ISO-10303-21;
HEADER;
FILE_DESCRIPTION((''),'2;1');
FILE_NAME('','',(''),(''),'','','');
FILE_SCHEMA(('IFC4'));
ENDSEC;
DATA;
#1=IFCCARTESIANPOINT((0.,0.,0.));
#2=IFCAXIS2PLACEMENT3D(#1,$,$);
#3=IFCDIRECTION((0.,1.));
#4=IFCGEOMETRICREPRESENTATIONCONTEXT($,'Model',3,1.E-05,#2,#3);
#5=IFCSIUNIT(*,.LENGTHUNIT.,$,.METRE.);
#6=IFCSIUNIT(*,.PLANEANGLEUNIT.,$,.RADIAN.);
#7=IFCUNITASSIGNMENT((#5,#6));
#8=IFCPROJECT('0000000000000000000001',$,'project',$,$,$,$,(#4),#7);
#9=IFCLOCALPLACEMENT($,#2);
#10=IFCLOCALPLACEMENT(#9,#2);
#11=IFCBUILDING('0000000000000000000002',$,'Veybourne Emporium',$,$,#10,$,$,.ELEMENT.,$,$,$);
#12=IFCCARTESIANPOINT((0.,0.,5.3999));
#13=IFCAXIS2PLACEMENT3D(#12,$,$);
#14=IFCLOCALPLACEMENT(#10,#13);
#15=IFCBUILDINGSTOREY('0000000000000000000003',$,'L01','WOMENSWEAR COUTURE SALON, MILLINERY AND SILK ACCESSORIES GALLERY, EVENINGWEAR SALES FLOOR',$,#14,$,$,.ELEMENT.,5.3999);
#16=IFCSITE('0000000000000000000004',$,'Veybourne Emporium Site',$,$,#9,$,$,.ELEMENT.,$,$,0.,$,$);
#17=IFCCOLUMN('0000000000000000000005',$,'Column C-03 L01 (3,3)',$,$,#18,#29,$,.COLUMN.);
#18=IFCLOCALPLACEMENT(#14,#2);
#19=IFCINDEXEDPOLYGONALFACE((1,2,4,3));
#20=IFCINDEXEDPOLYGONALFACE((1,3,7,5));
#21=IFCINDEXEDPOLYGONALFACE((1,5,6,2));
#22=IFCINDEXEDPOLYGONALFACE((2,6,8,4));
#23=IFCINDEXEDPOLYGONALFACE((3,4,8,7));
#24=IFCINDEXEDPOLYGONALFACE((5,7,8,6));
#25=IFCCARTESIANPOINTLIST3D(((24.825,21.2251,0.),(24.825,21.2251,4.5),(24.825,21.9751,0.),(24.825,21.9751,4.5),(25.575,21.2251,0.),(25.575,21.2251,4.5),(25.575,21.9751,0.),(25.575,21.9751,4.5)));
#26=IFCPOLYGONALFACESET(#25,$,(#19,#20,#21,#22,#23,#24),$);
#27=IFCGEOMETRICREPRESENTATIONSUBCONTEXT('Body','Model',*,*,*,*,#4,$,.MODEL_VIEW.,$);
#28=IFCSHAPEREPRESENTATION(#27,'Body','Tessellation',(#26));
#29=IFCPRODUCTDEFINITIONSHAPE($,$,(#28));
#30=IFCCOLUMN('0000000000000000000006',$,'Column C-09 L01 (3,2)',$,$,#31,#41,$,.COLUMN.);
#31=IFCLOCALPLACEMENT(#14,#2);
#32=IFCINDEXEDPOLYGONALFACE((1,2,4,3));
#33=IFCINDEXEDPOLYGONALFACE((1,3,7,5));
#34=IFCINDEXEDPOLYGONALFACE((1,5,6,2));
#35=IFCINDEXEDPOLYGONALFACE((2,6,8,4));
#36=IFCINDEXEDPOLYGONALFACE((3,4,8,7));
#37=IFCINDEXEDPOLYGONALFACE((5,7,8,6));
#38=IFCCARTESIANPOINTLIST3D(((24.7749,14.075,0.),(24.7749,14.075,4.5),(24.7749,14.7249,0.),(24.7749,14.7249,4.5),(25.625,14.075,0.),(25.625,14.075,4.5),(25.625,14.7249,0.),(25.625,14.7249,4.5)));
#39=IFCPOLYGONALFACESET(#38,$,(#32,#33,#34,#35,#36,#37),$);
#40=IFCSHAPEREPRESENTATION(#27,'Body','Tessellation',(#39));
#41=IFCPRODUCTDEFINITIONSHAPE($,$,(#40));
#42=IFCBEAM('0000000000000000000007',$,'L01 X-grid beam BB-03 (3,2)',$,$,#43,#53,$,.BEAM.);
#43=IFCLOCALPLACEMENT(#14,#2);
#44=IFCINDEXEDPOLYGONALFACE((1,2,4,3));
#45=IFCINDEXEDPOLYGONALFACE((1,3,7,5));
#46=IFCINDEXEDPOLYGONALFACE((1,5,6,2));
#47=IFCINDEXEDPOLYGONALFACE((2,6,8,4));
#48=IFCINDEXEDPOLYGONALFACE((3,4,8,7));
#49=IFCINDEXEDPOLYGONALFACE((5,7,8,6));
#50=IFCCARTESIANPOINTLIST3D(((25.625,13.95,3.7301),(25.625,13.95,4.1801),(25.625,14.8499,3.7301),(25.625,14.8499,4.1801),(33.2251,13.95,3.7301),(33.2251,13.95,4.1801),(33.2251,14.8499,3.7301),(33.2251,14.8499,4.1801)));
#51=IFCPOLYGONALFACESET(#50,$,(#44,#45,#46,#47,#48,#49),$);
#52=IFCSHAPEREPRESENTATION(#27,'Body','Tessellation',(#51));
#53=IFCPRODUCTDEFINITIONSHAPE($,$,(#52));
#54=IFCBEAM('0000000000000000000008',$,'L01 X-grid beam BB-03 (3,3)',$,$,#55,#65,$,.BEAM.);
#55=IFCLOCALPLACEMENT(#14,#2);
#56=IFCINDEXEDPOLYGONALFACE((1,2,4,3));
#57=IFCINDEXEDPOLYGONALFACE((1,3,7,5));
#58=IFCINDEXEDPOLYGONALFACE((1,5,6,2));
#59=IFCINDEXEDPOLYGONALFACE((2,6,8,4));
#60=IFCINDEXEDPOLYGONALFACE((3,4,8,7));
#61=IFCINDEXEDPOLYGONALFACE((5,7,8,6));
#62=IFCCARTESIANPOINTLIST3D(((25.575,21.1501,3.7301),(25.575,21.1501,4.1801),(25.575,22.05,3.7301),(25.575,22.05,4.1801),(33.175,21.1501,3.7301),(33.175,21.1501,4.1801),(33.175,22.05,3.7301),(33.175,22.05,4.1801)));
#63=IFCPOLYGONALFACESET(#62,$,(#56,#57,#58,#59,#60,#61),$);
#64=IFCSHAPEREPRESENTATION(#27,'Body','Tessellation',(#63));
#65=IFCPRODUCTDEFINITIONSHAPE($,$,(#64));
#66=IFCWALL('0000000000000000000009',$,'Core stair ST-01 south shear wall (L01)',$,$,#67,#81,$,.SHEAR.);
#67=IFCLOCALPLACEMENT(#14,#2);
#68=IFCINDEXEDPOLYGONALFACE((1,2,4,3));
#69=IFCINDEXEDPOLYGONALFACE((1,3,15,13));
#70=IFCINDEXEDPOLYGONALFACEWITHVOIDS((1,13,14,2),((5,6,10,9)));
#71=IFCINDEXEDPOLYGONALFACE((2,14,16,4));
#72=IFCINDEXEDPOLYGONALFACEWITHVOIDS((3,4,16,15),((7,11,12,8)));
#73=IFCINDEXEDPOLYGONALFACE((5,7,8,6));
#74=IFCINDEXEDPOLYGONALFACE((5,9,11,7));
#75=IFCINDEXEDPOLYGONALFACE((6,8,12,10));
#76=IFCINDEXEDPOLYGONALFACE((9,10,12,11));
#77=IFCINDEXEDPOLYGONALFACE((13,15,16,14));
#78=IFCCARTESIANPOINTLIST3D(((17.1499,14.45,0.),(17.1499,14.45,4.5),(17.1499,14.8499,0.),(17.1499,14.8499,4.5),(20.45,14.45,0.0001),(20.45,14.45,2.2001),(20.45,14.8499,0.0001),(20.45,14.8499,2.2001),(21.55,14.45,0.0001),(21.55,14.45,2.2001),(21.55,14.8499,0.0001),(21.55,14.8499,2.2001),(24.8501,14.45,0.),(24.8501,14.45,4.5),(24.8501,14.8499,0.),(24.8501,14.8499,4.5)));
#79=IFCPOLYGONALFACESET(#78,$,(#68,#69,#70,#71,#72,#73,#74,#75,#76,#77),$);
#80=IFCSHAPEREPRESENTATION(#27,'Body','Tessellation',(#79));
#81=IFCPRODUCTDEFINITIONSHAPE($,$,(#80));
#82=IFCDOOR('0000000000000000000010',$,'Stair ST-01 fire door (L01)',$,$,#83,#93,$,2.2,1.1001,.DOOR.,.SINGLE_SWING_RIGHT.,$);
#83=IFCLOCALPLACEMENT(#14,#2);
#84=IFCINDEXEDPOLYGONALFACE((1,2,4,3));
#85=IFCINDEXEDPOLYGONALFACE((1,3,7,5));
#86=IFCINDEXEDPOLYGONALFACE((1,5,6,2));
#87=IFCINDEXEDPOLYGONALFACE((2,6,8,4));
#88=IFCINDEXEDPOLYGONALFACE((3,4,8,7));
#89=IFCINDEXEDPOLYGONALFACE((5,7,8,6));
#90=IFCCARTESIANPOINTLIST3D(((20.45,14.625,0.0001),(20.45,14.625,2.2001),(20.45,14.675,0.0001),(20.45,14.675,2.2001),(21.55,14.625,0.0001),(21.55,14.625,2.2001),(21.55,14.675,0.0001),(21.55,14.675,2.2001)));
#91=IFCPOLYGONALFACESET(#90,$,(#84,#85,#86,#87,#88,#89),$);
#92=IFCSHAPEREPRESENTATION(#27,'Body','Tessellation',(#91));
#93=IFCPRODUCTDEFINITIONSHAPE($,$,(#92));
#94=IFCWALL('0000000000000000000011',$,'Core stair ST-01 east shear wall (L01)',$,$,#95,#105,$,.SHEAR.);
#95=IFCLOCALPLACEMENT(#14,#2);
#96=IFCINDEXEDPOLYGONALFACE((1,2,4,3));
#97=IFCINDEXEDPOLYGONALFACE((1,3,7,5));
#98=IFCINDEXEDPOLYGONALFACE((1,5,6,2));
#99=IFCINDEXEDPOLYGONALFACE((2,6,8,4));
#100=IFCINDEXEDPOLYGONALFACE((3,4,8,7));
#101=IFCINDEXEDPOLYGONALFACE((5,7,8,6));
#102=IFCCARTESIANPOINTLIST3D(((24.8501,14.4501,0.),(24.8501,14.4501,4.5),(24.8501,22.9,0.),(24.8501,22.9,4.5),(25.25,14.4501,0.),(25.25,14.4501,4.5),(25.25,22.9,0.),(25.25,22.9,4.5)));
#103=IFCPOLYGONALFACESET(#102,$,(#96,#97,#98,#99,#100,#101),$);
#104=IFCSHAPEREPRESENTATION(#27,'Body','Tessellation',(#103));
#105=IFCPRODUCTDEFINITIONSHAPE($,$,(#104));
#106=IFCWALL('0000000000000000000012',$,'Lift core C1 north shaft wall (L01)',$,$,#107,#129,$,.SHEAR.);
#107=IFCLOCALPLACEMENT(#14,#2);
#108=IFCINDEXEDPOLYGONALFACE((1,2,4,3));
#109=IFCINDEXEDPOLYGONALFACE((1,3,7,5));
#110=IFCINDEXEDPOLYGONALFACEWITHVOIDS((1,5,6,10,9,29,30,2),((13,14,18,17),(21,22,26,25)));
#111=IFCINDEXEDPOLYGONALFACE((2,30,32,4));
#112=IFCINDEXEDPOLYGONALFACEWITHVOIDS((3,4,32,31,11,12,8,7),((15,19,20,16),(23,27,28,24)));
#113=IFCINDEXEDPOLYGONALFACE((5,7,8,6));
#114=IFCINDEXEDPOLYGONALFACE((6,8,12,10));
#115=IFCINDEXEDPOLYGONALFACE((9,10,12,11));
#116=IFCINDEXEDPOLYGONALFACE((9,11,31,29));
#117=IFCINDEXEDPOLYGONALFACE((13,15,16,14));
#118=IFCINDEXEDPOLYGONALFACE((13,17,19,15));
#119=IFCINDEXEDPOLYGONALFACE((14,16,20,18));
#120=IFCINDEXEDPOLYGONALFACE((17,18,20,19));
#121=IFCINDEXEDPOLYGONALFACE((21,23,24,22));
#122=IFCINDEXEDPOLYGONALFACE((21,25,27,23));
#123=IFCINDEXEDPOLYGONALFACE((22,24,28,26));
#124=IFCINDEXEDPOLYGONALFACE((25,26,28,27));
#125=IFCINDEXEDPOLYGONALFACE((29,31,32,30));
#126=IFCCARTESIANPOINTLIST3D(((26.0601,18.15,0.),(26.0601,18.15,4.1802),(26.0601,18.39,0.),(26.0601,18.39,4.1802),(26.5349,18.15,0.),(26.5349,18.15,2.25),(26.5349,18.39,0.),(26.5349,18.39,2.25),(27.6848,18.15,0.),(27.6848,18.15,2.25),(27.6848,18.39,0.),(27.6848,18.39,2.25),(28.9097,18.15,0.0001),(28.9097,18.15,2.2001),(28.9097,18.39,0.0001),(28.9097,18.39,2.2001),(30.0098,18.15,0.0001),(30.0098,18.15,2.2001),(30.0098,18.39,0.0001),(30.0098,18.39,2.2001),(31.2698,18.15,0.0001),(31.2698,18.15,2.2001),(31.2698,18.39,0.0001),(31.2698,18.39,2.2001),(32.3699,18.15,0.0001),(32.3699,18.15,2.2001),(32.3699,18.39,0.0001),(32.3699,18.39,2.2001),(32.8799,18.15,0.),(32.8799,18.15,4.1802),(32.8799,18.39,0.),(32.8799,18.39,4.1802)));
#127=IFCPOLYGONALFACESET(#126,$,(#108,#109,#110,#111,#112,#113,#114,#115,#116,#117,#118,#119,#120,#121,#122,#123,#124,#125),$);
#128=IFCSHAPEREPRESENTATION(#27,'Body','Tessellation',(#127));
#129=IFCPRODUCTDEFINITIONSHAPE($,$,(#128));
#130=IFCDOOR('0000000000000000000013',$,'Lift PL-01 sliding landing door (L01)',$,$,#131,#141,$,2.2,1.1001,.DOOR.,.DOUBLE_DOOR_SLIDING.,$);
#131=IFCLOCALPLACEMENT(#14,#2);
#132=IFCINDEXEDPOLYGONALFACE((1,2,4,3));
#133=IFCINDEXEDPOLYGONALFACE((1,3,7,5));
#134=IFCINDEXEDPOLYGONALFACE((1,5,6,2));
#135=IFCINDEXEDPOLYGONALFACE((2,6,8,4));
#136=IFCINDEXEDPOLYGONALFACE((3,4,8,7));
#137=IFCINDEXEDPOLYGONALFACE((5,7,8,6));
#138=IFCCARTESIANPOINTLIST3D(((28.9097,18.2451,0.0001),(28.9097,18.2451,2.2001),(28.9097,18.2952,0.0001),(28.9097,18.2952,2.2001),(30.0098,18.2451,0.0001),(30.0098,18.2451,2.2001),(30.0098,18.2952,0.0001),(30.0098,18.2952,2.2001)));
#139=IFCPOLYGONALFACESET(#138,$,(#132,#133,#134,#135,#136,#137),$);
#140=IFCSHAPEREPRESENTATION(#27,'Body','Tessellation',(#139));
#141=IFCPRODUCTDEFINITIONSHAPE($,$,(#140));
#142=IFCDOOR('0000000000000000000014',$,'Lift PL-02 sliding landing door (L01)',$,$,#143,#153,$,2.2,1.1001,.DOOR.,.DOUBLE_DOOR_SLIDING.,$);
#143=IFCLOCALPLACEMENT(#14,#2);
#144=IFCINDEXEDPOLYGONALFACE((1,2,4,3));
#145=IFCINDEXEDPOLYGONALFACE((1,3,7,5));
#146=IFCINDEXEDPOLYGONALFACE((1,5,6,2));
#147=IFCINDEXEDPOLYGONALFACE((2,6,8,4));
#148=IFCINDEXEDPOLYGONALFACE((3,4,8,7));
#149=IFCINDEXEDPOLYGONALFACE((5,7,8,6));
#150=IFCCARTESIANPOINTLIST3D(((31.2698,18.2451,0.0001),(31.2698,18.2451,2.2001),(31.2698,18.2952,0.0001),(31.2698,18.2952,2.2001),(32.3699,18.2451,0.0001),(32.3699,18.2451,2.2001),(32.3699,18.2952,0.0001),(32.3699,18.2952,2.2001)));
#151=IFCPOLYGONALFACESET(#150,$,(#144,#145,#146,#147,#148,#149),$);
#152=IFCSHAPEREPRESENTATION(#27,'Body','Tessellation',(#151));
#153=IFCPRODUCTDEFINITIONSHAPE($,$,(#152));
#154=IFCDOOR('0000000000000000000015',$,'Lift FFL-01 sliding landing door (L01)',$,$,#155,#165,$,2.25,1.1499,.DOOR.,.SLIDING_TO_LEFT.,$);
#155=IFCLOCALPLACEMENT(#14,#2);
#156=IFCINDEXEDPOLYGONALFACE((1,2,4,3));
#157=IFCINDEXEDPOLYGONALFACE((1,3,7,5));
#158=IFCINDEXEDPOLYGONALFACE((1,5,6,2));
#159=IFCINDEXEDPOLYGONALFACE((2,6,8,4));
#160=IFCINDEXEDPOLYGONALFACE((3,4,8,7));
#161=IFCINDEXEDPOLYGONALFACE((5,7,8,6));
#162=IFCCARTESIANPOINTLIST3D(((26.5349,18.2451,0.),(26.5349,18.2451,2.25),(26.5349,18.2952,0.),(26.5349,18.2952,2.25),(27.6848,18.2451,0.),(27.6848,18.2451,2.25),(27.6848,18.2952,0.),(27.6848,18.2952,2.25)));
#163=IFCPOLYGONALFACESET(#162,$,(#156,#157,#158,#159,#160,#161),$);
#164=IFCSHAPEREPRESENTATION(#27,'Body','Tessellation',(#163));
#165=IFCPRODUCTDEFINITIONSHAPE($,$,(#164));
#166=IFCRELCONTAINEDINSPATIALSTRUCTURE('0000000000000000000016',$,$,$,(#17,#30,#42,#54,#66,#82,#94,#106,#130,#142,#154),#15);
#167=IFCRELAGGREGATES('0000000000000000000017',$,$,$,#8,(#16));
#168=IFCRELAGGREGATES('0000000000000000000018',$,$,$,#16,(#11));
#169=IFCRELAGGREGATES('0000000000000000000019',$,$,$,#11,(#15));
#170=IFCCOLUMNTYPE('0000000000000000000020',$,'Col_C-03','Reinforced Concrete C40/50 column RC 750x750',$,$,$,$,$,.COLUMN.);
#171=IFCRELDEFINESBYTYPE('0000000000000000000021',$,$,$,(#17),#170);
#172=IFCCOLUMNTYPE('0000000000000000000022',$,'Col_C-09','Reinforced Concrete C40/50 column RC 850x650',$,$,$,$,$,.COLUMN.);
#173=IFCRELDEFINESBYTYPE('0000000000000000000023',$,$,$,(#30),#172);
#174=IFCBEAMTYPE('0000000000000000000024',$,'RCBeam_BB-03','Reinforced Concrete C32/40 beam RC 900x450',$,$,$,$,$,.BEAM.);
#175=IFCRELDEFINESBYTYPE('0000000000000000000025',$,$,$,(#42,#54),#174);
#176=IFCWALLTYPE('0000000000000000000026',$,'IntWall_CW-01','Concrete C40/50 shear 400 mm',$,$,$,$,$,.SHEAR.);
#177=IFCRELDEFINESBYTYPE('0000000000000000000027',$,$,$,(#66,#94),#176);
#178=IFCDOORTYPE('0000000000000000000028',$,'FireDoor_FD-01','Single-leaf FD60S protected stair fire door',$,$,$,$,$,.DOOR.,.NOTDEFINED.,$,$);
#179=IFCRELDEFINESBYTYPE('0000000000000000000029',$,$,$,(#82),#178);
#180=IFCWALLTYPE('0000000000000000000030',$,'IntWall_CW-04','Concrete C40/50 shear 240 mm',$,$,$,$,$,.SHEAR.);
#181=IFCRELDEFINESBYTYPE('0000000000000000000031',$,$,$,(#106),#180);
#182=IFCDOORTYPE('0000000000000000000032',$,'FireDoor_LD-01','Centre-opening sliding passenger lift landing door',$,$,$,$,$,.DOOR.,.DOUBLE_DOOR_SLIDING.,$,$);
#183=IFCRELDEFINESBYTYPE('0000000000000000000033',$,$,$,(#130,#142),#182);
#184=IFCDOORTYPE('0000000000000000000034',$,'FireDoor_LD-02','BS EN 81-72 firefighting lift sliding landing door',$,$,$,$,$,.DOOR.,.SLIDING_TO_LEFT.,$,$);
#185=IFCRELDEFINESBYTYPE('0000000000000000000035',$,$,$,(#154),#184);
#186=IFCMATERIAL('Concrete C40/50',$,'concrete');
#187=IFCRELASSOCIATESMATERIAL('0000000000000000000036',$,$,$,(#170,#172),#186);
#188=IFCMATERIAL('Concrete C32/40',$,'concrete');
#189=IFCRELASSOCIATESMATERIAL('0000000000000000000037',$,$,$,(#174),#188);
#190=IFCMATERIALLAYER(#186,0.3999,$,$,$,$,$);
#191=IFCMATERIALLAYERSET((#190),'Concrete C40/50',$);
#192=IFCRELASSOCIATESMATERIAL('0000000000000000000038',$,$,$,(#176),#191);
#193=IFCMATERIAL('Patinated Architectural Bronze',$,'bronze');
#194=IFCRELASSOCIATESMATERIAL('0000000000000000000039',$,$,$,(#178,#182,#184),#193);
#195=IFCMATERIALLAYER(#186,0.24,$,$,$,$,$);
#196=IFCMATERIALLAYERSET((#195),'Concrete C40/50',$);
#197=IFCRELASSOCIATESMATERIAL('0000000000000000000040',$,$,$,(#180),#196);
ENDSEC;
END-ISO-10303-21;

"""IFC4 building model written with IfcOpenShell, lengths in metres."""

from ifc_helpers import new_model, si_unit, direction, frame, frame_2d, origin, origin_2d, place, context, subcontext, project, spatial, rectangle, extrude, material, layer, layer_set, material_profile, profile_set, type_object, element, fill, save


model = new_model("IFC4")

# Units and contexts
model_context = context("Model", 3, precision=1e-05, world=origin(), true_north=direction((0.0, 1.0)))
body_context = subcontext(model_context, "Body", "Model", "MODEL_VIEW")
ifc_project = project(units=[si_unit("LENGTHUNIT", "METRE"), si_unit("PLANEANGLEUNIT", "RADIAN")], contexts=[model_context])

# Site, building, storey
site_placement = place(None, origin())
site = spatial("IfcSite", under=ifc_project, at=site_placement, Name="Veybourne Emporium Site", CompositionType="ELEMENT", RefElevation=0.0)
building_placement = place(site_placement, origin())
building = spatial("IfcBuilding", under=site, at=building_placement, Name="Veybourne Emporium", CompositionType="ELEMENT")
storey_placement = place(building_placement, frame((0.0, 0.0, 5.3999)))
storey = spatial("IfcBuildingStorey", under=building, at=storey_placement, Name="L01", Description="WOMENSWEAR COUTURE SALON, MILLINERY AND SILK ACCESSORIES GALLERY, EVENINGWEAR SALES FLOOR", CompositionType="ELEMENT", Elevation=5.3999)

# Columns
ifc_material_1 = material(Name="Concrete C40/50", Category="concrete")
ifc_material_profile_1 = material_profile(ifc_material_1, rectangle(XDim=0.75, YDim=0.75, at=origin_2d()), Name="RC 750x750")
ifc_profile_set_1 = profile_set([ifc_material_profile_1], Name="Concrete C40/50")
column_type_1 = type_object("IfcColumnType", Name="Col_C-03", Description="Reinforced Concrete C40/50 column RC 750x750", PredefinedType="COLUMN", material=ifc_profile_set_1)
column_1_placement = place(storey_placement, frame((25.2, 21.6001, 0.0), z_axis=(0.0, 0.0, 1.0), x_axis=(1.0, 0.0, 0.0)))
element("IfcColumn", 1, at=column_1_placement, inside=storey, type_object=column_type_1, Name="Column C-03 L01 (3,3)", PredefinedType="COLUMN", context=body_context, shape_type="SweptSolid", body=[
    extrude(rectangle(XDim=0.75, YDim=0.75, at=origin_2d()), origin(), (0.0, 0.0, 1.0), 4.5),
])
ifc_material_profile_2 = material_profile(ifc_material_1, rectangle(XDim=0.8501, YDim=0.6499, at=origin_2d()), Name="RC 850x650")
ifc_profile_set_2 = profile_set([ifc_material_profile_2], Name="Concrete C40/50")
column_type_2 = type_object("IfcColumnType", Name="Col_C-09", Description="Reinforced Concrete C40/50 column RC 850x650", PredefinedType="COLUMN", material=ifc_profile_set_2)
column_2_placement = place(storey_placement, frame((25.2, 14.3999, 0.0), z_axis=(0.0, 0.0, 1.0), x_axis=(1.0, 0.0, 0.0)))
element("IfcColumn", 2, at=column_2_placement, inside=storey, type_object=column_type_2, Name="Column C-09 L01 (3,2)", PredefinedType="COLUMN", context=body_context, shape_type="SweptSolid", body=[
    extrude(rectangle(XDim=0.8501, YDim=0.6499, at=origin_2d()), origin(), (0.0, 0.0, 1.0), 4.5),
])

# Beams
ifc_material_2 = material(Name="Concrete C32/40", Category="concrete")
ifc_material_profile_3 = material_profile(ifc_material_2, rectangle(XDim=0.8999, YDim=0.45, at=origin_2d()), Name="RC 900x450")
ifc_profile_set_3 = profile_set([ifc_material_profile_3], Name="Concrete C32/40")
beam_type = type_object("IfcBeamType", Name="RCBeam_BB-03", Description="Reinforced Concrete C32/40 beam RC 900x450", PredefinedType="BEAM", material=ifc_profile_set_3)
for number, where, z_axis, x_axis, name in (
    (3, (25.625, 14.3999, 3.9551), (1.0, 0.0, 0.0), (0.0, 1.0, 0.0), "L01 X-grid beam BB-03 (3,2)"),
    (4, (25.575, 21.6001, 3.9551), (1.0, 0.0, 0.0), (0.0, 1.0, 0.0), "L01 X-grid beam BB-03 (3,3)"),
):
    element("IfcBeam", number, at=place(storey_placement, frame(where, z_axis=z_axis, x_axis=x_axis)), inside=storey, type_object=beam_type, Name=name, PredefinedType="BEAM", context=body_context, shape_type="SweptSolid", body=[
        extrude(rectangle(XDim=0.8999, YDim=0.45, at=origin_2d()), origin(), (0.0, 0.0, 1.0), 7.6001),
    ])

# Wall, opening, door
ifc_layer_1 = layer(ifc_material_1, 0.3999)
ifc_layer_set_1 = layer_set([ifc_layer_1], Name="Concrete C40/50")
wall_type_1 = type_object("IfcWallType", Name="IntWall_CW-01", Description="Concrete C40/50 shear 400 mm", PredefinedType="SHEAR", material=ifc_layer_set_1)
wall_1_placement = place(storey_placement, frame((24.8501, 14.6499, 0.0), z_axis=(0.0, 0.0, 1.0), x_axis=(-1.0, 0.0, 0.0)))
wall_1 = element("IfcWall", 5, at=wall_1_placement, inside=storey, type_object=wall_type_1, Name="Core stair ST-01 south shear wall (L01)", PredefinedType="SHEAR", context=body_context, shape_type="SweptSolid", body=[
    extrude(rectangle(XDim=7.7002, YDim=0.3999, at=frame_2d((3.8501, 0.0))), origin(), (0.0, 0.0, 1.0), 4.5),
])
opening_1_placement = place(wall_1_placement, frame((3.3, 0.0, 0.0)))
opening_1 = element("IfcOpeningElement", 6, at=opening_1_placement, cuts=wall_1, PredefinedType="OPENING", context=body_context, shape_type="SweptSolid", body=[
    extrude(rectangle(XDim=1.1001, YDim=2.2, at=frame_2d((0.55, 1.1001))), frame((0.0, 0.22, 0.0), z_axis=(0.0, -1.0, 0.0), x_axis=(1.0, 0.0, 0.0)), (0.0, 0.0, 1.0), 0.4399),
])
ifc_material_3 = material(Name="Patinated Architectural Bronze", Category="bronze")
door_type_1 = type_object("IfcDoorType", Name="FireDoor_FD-01", Description="Single-leaf FD60S protected stair fire door", OperationType="NOTDEFINED", PredefinedType="DOOR", material=ifc_material_3)
door_1_placement = place(opening_1_placement, origin())
door_1 = element("IfcDoor", 7, at=door_1_placement, inside=storey, type_object=door_type_1, Name="Stair ST-01 fire door (L01)", OperationType="SINGLE_SWING_RIGHT", OverallHeight=2.2, OverallWidth=1.1001, PredefinedType="DOOR", context=body_context, shape_type="SweptSolid", body=[
    extrude(rectangle(XDim=1.1001, YDim=2.2, at=frame_2d((0.55, 1.1001))), frame((0.0, 0.0249, 0.0), z_axis=(0.0, -1.0, 0.0), x_axis=(1.0, 0.0, 0.0)), (0.0, 0.0, 1.0), 0.05),
])
fill(opening_1, door_1)

# Wall
wall_2_placement = place(storey_placement, frame((25.05, 14.45, 0.0), z_axis=(0.0, 0.0, 1.0), x_axis=(0.0, 1.0, 0.0)))
element("IfcWall", 8, at=wall_2_placement, inside=storey, type_object=wall_type_1, Name="Core stair ST-01 east shear wall (L01)", PredefinedType="SHEAR", context=body_context, shape_type="SweptSolid", body=[
    extrude(rectangle(XDim=8.45, YDim=0.3999, at=frame_2d((4.2251, 0.0))), origin(), (0.0, 0.0, 1.0), 4.5),
])

# Wall, openings, doors
ifc_layer_2 = layer(ifc_material_1, 0.24)
ifc_layer_set_2 = layer_set([ifc_layer_2], Name="Concrete C40/50")
wall_type_2 = type_object("IfcWallType", Name="IntWall_CW-04", Description="Concrete C40/50 shear 240 mm", PredefinedType="SHEAR", material=ifc_layer_set_2)
wall_3_placement = place(storey_placement, frame((32.8799, 18.27, 0.0), z_axis=(0.0, 0.0, 1.0), x_axis=(-1.0, 0.0, 0.0)))
wall_3 = element("IfcWall", 9, at=wall_3_placement, inside=storey, type_object=wall_type_2, Name="Lift core C1 north shaft wall (L01)", PredefinedType="SHEAR", context=body_context, shape_type="SweptSolid", body=[
    extrude(rectangle(XDim=6.8198, YDim=0.24, at=frame_2d((3.4099, 0.0))), origin(), (0.0, 0.0, 1.0), 4.1802),
])
opening_2_placement = place(wall_3_placement, frame((5.1951, 0.0, 0.0)))
opening_2 = element("IfcOpeningElement", 10, at=opening_2_placement, cuts=wall_3, PredefinedType="OPENING", context=body_context, shape_type="SweptSolid", body=[
    extrude(rectangle(XDim=1.1499, YDim=2.25, at=frame_2d((0.575, 1.125))), frame((0.0, 0.1401, 0.0), z_axis=(0.0, -1.0, 0.0), x_axis=(1.0, 0.0, 0.0)), (0.0, 0.0, 1.0), 0.28),
])
opening_3_placement = place(wall_3_placement, frame((2.8701, 0.0, 0.0)))
opening_3 = element("IfcOpeningElement", 11, at=opening_3_placement, cuts=wall_3, PredefinedType="OPENING", context=body_context, shape_type="SweptSolid", body=[
    extrude(rectangle(XDim=1.1001, YDim=2.2, at=frame_2d((0.55, 1.1001))), frame((0.0, 0.1401, 0.0), z_axis=(0.0, -1.0, 0.0), x_axis=(1.0, 0.0, 0.0)), (0.0, 0.0, 1.0), 0.28),
])
opening_4_placement = place(wall_3_placement, frame((0.51, 0.0, 0.0)))
opening_4 = element("IfcOpeningElement", 12, at=opening_4_placement, cuts=wall_3, PredefinedType="OPENING", context=body_context, shape_type="SweptSolid", body=[
    extrude(rectangle(XDim=1.1001, YDim=2.2, at=frame_2d((0.55, 1.1001))), frame((0.0, 0.1401, 0.0), z_axis=(0.0, -1.0, 0.0), x_axis=(1.0, 0.0, 0.0)), (0.0, 0.0, 1.0), 0.28),
])
door_type_2 = type_object("IfcDoorType", Name="FireDoor_LD-01", Description="Centre-opening sliding passenger lift landing door", OperationType="DOUBLE_DOOR_SLIDING", PredefinedType="DOOR", material=ifc_material_3)
door_2_placement = place(opening_3_placement, origin())
door_2 = element("IfcDoor", 13, at=door_2_placement, inside=storey, type_object=door_type_2, Name="Lift PL-01 sliding landing door (L01)", OperationType="DOUBLE_DOOR_SLIDING", OverallHeight=2.2, OverallWidth=1.1001, PredefinedType="DOOR", context=body_context, shape_type="SweptSolid", body=[
    extrude(rectangle(XDim=1.1001, YDim=2.2, at=frame_2d((0.55, 1.1001))), frame((0.0, 0.0249, 0.0), z_axis=(0.0, -1.0, 0.0), x_axis=(1.0, 0.0, 0.0)), (0.0, 0.0, 1.0), 0.05),
])
fill(opening_3, door_2)
door_3_placement = place(opening_4_placement, origin())
door_3 = element("IfcDoor", 14, at=door_3_placement, inside=storey, type_object=door_type_2, Name="Lift PL-02 sliding landing door (L01)", OperationType="DOUBLE_DOOR_SLIDING", OverallHeight=2.2, OverallWidth=1.1001, PredefinedType="DOOR", context=body_context, shape_type="SweptSolid", body=[
    extrude(rectangle(XDim=1.1001, YDim=2.2, at=frame_2d((0.55, 1.1001))), frame((0.0, 0.0249, 0.0), z_axis=(0.0, -1.0, 0.0), x_axis=(1.0, 0.0, 0.0)), (0.0, 0.0, 1.0), 0.05),
])
fill(opening_4, door_3)
door_type_3 = type_object("IfcDoorType", Name="FireDoor_LD-02", Description="BS EN 81-72 firefighting lift sliding landing door", OperationType="SLIDING_TO_LEFT", PredefinedType="DOOR", material=ifc_material_3)
door_4_placement = place(opening_2_placement, origin())
door_4 = element("IfcDoor", 15, at=door_4_placement, inside=storey, type_object=door_type_3, Name="Lift FFL-01 sliding landing door (L01)", OperationType="SLIDING_TO_LEFT", OverallHeight=2.25, OverallWidth=1.1499, PredefinedType="DOOR", context=body_context, shape_type="SweptSolid", body=[
    extrude(rectangle(XDim=1.1499, YDim=2.25, at=frame_2d((0.575, 1.125))), frame((0.0, 0.0249, 0.0), z_axis=(0.0, -1.0, 0.0), x_axis=(1.0, 0.0, 0.0)), (0.0, 0.0, 1.0), 0.05),
])
fill(opening_2, door_4)

save(model, "model.ifc")
